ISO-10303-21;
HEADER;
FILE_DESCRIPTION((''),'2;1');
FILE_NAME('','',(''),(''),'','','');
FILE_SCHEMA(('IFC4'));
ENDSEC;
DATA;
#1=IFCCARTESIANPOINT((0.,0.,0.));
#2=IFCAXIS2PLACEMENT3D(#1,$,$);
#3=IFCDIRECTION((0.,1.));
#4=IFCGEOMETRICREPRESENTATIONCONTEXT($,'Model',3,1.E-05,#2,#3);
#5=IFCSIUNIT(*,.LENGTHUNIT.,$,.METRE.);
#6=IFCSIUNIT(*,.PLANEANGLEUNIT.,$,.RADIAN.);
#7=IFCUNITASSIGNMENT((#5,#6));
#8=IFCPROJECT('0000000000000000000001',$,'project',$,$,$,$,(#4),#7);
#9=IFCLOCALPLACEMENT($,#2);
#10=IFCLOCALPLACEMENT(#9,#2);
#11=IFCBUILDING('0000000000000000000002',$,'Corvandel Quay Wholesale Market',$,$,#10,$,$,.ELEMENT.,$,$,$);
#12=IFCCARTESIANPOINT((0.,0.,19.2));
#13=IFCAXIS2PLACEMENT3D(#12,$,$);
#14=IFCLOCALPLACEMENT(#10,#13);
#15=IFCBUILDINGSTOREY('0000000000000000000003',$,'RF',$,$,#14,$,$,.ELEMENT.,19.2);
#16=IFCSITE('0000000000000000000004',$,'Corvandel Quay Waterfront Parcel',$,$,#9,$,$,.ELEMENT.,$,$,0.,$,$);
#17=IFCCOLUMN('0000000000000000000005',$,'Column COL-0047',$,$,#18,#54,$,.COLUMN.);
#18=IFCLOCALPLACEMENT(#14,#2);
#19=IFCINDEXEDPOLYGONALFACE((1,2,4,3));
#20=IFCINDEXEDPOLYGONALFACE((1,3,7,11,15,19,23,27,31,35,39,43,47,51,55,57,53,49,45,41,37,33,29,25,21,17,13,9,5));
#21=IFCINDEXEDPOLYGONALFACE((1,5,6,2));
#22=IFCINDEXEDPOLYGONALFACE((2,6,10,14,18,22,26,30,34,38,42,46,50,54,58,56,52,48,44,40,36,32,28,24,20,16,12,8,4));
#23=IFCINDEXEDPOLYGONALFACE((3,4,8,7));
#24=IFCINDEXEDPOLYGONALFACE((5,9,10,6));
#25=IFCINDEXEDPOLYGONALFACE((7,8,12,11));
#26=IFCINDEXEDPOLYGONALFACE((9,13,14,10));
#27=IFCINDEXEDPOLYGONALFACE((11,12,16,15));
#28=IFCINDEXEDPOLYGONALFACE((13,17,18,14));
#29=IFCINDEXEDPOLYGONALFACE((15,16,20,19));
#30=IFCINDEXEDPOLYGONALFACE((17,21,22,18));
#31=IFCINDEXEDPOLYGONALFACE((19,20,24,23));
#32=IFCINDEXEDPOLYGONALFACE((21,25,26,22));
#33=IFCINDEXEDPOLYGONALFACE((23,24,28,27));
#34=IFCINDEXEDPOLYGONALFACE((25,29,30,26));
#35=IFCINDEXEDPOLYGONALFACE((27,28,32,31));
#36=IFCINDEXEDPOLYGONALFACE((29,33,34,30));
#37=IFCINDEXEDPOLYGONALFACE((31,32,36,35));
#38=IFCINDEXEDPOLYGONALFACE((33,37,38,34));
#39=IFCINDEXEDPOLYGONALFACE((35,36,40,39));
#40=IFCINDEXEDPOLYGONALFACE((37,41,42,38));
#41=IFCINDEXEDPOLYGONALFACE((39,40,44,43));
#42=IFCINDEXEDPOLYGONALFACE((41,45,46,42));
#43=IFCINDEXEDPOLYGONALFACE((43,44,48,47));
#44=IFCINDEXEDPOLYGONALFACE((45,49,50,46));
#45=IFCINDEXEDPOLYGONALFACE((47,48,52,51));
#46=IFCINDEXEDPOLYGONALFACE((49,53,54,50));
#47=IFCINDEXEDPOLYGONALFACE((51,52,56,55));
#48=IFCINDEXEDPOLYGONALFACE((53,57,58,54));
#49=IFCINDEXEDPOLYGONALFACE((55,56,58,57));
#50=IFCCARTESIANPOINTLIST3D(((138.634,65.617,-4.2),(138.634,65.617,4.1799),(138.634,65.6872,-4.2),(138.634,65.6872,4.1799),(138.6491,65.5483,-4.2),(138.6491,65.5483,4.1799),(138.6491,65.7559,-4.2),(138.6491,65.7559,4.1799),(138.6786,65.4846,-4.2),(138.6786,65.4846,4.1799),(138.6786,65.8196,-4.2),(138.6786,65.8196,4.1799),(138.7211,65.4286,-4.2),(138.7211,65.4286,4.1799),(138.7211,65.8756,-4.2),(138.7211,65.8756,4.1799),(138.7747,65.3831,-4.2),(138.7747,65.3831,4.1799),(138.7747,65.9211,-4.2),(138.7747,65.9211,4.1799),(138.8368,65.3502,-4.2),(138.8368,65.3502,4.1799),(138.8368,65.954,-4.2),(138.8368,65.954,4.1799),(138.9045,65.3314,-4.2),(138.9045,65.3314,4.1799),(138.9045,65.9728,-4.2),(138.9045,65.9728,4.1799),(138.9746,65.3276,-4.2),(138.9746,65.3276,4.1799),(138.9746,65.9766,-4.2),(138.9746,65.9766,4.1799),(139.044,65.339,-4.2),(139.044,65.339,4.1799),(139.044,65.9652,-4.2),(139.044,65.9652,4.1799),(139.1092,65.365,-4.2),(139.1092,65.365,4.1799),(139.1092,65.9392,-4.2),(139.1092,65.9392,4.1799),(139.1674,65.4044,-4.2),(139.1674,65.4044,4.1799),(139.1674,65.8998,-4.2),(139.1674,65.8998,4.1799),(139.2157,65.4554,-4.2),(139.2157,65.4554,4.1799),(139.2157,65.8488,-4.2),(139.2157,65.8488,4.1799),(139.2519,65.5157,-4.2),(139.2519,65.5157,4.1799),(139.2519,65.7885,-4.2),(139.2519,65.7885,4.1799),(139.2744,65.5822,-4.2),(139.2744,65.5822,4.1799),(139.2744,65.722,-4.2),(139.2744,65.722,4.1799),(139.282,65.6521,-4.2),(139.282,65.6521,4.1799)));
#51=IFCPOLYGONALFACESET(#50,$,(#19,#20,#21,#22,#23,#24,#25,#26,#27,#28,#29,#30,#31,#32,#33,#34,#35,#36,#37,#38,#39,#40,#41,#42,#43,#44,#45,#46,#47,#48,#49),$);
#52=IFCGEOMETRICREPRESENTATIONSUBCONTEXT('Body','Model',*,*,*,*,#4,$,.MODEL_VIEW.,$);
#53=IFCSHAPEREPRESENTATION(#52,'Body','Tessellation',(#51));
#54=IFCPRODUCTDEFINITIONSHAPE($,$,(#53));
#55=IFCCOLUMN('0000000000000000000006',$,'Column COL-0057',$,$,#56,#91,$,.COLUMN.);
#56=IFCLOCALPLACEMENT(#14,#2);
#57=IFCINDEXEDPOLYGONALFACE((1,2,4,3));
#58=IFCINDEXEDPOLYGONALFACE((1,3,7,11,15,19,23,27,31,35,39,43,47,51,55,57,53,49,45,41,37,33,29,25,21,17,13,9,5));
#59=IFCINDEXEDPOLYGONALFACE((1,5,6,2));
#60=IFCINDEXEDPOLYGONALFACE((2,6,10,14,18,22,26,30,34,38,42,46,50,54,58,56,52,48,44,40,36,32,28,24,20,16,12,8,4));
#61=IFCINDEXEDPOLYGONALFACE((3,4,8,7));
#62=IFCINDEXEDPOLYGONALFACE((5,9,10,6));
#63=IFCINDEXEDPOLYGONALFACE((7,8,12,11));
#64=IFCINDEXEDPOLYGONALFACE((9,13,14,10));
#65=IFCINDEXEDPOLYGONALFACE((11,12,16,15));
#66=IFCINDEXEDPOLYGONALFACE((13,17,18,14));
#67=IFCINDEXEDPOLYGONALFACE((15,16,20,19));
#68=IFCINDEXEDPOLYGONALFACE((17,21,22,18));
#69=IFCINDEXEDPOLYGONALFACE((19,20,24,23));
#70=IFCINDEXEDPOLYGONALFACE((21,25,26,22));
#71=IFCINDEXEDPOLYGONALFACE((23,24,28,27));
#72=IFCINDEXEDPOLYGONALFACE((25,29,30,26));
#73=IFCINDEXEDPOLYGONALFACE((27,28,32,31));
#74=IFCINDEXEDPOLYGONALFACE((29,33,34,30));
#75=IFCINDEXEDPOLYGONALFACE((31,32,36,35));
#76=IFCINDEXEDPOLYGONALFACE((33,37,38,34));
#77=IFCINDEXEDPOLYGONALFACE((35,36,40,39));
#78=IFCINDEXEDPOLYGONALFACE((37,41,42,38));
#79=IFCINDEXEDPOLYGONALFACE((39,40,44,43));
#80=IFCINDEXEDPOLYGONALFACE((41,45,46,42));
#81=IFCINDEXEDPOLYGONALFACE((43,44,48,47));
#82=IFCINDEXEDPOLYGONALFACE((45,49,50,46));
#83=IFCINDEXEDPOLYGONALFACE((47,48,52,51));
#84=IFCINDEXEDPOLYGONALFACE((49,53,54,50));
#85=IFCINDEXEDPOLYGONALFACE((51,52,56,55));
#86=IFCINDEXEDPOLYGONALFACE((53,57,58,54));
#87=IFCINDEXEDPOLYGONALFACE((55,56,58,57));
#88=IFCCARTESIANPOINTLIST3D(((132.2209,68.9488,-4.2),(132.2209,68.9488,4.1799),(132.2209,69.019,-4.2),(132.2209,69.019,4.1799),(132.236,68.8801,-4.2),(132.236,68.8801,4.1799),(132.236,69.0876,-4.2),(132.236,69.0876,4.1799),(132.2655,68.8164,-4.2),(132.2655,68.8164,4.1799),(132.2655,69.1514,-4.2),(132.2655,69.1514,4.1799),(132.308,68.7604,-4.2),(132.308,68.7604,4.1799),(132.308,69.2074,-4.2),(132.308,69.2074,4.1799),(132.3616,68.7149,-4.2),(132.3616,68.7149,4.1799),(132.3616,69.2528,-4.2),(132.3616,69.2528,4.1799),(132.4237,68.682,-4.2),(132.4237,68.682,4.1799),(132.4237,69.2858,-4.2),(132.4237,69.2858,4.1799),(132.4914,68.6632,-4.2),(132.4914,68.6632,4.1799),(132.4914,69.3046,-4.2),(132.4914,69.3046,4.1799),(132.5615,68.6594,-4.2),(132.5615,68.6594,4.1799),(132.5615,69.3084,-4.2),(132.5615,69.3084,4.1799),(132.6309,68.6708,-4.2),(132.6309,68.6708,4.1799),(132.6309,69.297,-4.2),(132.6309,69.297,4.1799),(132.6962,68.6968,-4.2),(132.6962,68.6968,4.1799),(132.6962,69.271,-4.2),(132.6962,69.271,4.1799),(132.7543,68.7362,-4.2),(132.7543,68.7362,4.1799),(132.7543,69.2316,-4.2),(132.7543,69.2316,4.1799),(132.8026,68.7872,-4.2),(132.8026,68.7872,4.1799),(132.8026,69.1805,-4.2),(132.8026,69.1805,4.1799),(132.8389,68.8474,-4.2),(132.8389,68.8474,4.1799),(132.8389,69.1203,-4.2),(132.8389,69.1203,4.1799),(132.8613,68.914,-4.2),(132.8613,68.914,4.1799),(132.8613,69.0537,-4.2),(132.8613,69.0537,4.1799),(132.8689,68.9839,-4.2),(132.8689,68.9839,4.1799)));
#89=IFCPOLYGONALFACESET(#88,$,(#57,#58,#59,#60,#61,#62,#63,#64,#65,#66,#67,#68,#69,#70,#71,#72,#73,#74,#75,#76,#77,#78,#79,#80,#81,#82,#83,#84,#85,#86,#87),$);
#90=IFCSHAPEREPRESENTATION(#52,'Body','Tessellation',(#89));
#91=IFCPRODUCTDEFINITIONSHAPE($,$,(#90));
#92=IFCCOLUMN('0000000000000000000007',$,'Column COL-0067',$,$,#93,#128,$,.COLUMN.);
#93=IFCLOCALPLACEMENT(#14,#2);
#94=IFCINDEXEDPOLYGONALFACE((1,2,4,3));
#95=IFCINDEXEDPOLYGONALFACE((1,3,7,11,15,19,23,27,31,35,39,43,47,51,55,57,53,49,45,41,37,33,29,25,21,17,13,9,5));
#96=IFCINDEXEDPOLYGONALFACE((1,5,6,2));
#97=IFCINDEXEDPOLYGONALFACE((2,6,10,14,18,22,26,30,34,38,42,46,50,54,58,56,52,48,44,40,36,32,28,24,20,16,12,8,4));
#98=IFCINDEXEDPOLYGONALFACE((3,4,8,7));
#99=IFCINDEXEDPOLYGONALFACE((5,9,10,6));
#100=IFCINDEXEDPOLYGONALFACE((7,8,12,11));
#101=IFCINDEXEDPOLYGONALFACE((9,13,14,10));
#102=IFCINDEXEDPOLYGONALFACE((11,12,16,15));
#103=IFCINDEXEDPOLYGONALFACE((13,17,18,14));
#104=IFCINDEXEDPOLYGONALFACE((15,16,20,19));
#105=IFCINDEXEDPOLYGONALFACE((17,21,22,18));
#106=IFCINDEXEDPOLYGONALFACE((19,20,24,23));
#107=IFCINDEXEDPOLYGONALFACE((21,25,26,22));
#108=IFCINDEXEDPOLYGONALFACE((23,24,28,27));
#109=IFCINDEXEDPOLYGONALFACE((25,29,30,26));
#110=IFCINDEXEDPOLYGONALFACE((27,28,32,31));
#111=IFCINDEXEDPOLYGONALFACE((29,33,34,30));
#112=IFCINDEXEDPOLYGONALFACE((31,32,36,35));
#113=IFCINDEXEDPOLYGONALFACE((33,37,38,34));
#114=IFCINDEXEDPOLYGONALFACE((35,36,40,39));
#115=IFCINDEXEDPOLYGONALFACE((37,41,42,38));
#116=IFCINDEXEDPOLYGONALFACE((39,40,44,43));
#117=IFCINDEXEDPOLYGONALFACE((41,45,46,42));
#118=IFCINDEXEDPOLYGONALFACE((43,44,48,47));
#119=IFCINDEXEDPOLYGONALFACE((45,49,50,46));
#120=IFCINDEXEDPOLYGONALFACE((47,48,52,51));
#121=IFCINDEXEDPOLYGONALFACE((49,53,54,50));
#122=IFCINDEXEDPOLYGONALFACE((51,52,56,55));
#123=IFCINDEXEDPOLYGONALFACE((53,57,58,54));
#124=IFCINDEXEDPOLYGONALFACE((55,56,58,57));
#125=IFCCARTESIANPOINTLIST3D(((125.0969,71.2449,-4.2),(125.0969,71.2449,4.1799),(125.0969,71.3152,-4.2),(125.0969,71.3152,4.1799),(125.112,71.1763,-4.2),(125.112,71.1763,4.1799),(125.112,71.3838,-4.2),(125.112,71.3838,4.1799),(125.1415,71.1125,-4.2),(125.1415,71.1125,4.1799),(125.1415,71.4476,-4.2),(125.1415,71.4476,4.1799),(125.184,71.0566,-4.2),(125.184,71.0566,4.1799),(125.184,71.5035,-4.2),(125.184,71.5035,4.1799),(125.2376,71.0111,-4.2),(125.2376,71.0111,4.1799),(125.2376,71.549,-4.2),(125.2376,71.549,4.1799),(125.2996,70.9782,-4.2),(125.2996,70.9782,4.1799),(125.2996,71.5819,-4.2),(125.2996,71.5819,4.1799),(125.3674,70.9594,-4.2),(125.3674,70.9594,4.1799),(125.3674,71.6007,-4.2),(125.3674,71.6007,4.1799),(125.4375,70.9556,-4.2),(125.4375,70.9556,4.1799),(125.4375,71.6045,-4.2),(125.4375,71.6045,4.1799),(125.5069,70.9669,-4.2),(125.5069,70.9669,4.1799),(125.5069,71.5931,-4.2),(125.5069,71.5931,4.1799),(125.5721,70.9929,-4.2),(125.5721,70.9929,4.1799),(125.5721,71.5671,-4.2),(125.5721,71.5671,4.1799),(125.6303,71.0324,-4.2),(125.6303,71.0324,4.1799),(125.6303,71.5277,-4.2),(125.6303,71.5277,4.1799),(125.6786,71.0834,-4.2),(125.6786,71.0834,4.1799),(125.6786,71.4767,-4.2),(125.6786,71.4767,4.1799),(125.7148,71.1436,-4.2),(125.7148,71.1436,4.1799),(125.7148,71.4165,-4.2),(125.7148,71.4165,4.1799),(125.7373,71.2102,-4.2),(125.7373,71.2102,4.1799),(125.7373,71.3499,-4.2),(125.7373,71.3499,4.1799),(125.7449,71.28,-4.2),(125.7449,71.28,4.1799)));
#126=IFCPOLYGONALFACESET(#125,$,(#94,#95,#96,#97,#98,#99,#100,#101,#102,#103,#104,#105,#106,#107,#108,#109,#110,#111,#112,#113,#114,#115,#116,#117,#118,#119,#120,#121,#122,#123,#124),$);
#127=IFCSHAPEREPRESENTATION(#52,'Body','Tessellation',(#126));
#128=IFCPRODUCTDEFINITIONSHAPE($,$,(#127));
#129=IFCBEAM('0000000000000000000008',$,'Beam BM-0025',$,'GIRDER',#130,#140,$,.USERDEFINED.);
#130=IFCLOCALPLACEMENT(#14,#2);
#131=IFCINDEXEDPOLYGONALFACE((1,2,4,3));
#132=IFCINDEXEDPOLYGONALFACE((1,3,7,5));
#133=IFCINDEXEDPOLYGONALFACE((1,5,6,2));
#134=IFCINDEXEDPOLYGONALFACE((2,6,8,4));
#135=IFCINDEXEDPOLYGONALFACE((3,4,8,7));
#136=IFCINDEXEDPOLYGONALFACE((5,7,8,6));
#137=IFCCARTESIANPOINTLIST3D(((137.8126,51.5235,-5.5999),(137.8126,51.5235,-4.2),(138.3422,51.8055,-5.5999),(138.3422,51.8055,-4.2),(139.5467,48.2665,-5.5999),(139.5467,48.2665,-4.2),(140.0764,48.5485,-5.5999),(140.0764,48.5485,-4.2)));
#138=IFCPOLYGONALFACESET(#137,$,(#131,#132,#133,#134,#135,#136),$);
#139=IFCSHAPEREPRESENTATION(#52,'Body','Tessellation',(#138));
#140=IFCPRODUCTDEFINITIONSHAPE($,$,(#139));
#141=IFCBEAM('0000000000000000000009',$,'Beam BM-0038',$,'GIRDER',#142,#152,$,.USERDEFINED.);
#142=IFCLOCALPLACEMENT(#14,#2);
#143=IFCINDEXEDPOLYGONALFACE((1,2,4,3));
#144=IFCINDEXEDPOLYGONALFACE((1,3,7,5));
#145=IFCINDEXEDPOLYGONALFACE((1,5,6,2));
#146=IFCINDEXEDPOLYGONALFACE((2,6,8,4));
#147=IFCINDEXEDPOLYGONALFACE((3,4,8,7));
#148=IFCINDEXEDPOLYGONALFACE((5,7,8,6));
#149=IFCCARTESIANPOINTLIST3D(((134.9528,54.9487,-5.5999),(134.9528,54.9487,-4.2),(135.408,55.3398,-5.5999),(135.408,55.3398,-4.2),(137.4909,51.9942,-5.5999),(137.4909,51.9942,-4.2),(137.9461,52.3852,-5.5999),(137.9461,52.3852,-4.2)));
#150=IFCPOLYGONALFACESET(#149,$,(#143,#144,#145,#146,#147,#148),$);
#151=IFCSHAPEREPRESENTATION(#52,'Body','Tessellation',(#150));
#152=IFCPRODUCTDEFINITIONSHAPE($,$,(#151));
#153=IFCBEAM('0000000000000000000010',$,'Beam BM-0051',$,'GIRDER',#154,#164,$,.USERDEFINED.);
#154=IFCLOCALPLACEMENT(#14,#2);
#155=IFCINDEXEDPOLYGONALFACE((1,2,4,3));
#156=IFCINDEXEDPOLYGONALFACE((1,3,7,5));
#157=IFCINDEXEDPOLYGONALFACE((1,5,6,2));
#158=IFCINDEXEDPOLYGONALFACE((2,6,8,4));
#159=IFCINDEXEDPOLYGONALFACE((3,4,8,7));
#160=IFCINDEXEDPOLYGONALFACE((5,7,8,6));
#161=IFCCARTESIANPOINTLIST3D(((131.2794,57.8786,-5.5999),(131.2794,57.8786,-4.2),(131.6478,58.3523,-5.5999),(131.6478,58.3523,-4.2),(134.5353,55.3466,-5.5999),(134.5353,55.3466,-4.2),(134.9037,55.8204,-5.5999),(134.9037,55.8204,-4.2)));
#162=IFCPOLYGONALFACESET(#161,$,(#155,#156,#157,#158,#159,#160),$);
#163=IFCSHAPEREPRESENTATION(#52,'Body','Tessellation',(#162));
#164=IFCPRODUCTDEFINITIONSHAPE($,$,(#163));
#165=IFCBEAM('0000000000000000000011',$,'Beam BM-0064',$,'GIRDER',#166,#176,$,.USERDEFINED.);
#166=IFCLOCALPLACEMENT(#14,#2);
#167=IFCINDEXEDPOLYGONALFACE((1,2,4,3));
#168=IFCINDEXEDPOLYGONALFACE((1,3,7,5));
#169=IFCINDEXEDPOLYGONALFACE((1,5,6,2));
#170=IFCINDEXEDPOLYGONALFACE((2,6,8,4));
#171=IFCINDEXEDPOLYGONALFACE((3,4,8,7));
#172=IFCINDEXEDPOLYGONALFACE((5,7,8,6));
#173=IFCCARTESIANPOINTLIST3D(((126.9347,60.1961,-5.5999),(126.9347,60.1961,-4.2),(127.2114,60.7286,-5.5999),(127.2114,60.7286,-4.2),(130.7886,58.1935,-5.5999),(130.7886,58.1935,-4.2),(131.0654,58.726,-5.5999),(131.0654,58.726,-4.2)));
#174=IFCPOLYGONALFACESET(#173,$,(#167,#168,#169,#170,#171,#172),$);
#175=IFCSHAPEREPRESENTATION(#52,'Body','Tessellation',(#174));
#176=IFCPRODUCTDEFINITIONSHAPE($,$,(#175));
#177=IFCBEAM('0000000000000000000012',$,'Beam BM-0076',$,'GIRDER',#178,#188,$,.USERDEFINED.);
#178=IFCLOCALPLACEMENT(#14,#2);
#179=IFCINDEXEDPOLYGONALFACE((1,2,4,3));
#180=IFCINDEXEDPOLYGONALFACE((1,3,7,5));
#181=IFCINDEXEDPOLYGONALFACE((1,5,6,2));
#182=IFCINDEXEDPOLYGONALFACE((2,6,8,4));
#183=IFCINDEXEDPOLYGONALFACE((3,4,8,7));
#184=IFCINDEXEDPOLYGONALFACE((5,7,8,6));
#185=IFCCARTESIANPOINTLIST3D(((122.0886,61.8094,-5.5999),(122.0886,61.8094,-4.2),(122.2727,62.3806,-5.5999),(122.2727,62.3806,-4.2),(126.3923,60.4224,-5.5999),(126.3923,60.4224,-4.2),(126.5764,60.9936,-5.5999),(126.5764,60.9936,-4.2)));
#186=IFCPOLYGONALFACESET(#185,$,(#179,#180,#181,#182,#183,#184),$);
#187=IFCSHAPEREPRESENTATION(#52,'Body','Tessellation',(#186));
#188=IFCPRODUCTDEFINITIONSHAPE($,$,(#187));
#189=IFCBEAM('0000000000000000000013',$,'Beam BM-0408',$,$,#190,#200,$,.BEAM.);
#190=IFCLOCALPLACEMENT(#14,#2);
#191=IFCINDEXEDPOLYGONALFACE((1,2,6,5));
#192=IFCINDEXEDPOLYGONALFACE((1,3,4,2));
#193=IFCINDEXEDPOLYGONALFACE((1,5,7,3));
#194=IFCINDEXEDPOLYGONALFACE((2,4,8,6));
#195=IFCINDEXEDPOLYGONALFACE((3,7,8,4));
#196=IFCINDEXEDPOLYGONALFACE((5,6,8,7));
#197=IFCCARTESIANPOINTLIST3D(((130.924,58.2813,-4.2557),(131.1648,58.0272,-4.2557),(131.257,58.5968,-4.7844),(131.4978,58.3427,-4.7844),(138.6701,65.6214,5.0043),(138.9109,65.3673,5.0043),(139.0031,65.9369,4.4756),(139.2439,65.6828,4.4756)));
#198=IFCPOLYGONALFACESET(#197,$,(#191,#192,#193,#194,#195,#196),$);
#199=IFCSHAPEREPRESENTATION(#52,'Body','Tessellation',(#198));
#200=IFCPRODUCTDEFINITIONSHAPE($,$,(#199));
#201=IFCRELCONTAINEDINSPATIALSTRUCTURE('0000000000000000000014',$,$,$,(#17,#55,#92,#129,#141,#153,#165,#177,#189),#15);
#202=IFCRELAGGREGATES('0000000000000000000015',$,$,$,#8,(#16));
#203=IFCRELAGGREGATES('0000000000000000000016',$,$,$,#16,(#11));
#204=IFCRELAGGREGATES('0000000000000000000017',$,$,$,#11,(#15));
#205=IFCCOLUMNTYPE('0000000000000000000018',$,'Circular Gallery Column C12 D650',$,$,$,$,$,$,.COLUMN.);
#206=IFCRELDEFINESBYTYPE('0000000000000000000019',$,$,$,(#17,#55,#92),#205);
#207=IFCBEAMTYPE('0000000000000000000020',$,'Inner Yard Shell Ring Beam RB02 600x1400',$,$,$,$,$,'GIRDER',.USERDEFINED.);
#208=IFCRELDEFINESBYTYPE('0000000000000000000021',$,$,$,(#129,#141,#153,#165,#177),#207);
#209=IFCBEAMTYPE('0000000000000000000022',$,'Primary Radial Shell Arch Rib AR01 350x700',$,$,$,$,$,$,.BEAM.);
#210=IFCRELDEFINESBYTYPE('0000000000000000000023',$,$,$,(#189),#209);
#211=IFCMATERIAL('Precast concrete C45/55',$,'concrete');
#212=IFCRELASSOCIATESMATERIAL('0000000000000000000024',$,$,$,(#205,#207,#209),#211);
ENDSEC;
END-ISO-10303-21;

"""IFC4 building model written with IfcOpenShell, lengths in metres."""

from ifc_helpers import new_model, si_unit, direction, frame, origin, origin_2d, place, context, subcontext, project, spatial, rectangle, circle, extrude, material, material_profile, profile_set, type_object, element, save


model = new_model("IFC4")

# Units and contexts
model_context = context("Model", 3, precision=1e-05, world=origin(), true_north=direction((0.0, 1.0)))
body_context = subcontext(model_context, "Body", "Model", "MODEL_VIEW")
ifc_project = project(units=[si_unit("LENGTHUNIT", "METRE"), si_unit("PLANEANGLEUNIT", "RADIAN")], contexts=[model_context])

# Site, building, storey
site_placement = place(None, origin())
site = spatial("IfcSite", under=ifc_project, at=site_placement, Name="Corvandel Quay Waterfront Parcel", CompositionType="ELEMENT", RefElevation=0.0)
building_placement = place(site_placement, origin())
building = spatial("IfcBuilding", under=site, at=building_placement, Name="Corvandel Quay Wholesale Market", CompositionType="ELEMENT")
storey_placement = place(building_placement, frame((0.0, 0.0, 19.2)))
storey = spatial("IfcBuildingStorey", under=building, at=storey_placement, Name="RF", CompositionType="ELEMENT", Elevation=19.2)

# Columns
ifc_material_1 = material(Name="Precast concrete C45/55", Category="concrete")
ifc_material_profile_1 = material_profile(ifc_material_1, circle(Radius=0.325, at=origin_2d()), Name="PC-COL-D650")
ifc_profile_set_1 = profile_set([ifc_material_profile_1], Name="Precast concrete C45/55")
column_type = type_object("IfcColumnType", Name="Circular Gallery Column C12 D650", PredefinedType="COLUMN", material=ifc_profile_set_1)
for number, where, z_axis, x_axis, name in (
    (1, (138.957, 65.6521, -4.2), (0.0, 0.0, 1.0), (1.0, 0.0, 0.0), "Column COL-0047"),
    (2, (132.5439, 68.9839, -4.2), (0.0, 0.0, 1.0), (1.0, 0.0, 0.0), "Column COL-0057"),
    (3, (125.4199, 71.28, -4.2), (0.0, 0.0, 1.0), (1.0, 0.0, 0.0), "Column COL-0067"),
):
    element("IfcColumn", number, at=place(storey_placement, frame(where, z_axis=z_axis, x_axis=x_axis)), inside=storey, type_object=column_type, Name=name, PredefinedType="COLUMN", context=body_context, shape_type="SweptSolid", body=[
        extrude(circle(Radius=0.325, at=origin_2d()), origin(), (0.0, 0.0, 1.0), 8.3799),
    ])

# Beams
ifc_material_profile_2 = material_profile(ifc_material_1, rectangle(XDim=0.6001, YDim=1.3999, at=origin_2d()), Name="PC-RING-600x1400")
ifc_profile_set_2 = profile_set([ifc_material_profile_2], Name="Precast concrete C45/55")
beam_type_1 = type_object("IfcBeamType", Name="Inner Yard Shell Ring Beam RB02 600x1400", ElementType="GIRDER", PredefinedType="USERDEFINED", material=ifc_profile_set_2)
beam_1_placement = place(storey_placement, frame((139.8115, 48.4075, -4.8999), z_axis=(-0.46996, 0.882688, 0.0), x_axis=(-0.882688, -0.46996, 0.0)))
element("IfcBeam", 4, at=beam_1_placement, inside=storey, type_object=beam_type_1, Name="Beam BM-0025", ObjectType="GIRDER", PredefinedType="USERDEFINED", context=body_context, shape_type="SweptSolid", body=[
    extrude(rectangle(XDim=0.6001, YDim=1.3999, at=origin_2d()), origin(), (0.0, 0.0, 1.0), 3.6899),
])
beam_2_placement = place(storey_placement, frame((137.7185, 52.1897, -4.8999), z_axis=(-0.651617, 0.758548, 0.0), x_axis=(-0.758548, -0.651617, 0.0)))
element("IfcBeam", 5, at=beam_2_placement, inside=storey, type_object=beam_type_1, Name="Beam BM-0038", ObjectType="GIRDER", PredefinedType="USERDEFINED", context=body_context, shape_type="SweptSolid", body=[
    extrude(rectangle(XDim=0.6001, YDim=1.3999, at=origin_2d()), origin(), (0.0, 0.0, 1.0), 3.895),
])
beam_3_placement = place(storey_placement, frame((134.7195, 55.5835, -4.8999), z_axis=(-0.789394, 0.613887, 0.0), x_axis=(-0.613887, -0.789394, 0.0)))
element("IfcBeam", 6, at=beam_3_placement, inside=storey, type_object=beam_type_1, Name="Beam BM-0051", ObjectType="GIRDER", PredefinedType="USERDEFINED", context=body_context, shape_type="SweptSolid", body=[
    extrude(rectangle(XDim=0.6001, YDim=1.3999, at=origin_2d()), origin(), (0.0, 0.0, 1.0), 4.1245),
])
beam_4_placement = place(storey_placement, frame((130.927, 58.4597, -4.8999), z_axis=(-0.887348, 0.4611, 0.0), x_axis=(-0.4611, -0.887348, 0.0)))
element("IfcBeam", 7, at=beam_4_placement, inside=storey, type_object=beam_type_1, Name="Beam BM-0064", ObjectType="GIRDER", PredefinedType="USERDEFINED", context=body_context, shape_type="SweptSolid", body=[
    extrude(rectangle(XDim=0.6001, YDim=1.3999, at=origin_2d()), origin(), (0.0, 0.0, 1.0), 4.3433),
])
beam_5_placement = place(storey_placement, frame((126.4844, 60.708, -4.8999), z_axis=(-0.951795, 0.306736, 0.0), x_axis=(-0.306736, -0.951795, 0.0)))
element("IfcBeam", 8, at=beam_5_placement, inside=storey, type_object=beam_type_1, Name="Beam BM-0076", ObjectType="GIRDER", PredefinedType="USERDEFINED", context=body_context, shape_type="SweptSolid", body=[
    extrude(rectangle(XDim=0.6001, YDim=1.3999, at=origin_2d()), origin(), (0.0, 0.0, 1.0), 4.5217),
])
ifc_material_profile_3 = material_profile(ifc_material_1, rectangle(XDim=0.3501, YDim=0.7, at=origin_2d()), Name="PC-RIB-350x700")
ifc_profile_set_3 = profile_set([ifc_material_profile_3], Name="Precast concrete C45/55")
beam_type_2 = type_object("IfcBeamType", Name="Primary Radial Shell Arch Rib AR01 350x700", PredefinedType="BEAM", material=ifc_profile_set_3)
beam_6_placement = place(storey_placement, frame((131.2109, 58.312, -4.52), z_axis=(0.548244, 0.519508, 0.655394), x_axis=(-0.687828, 0.725874, 0.0)))
element("IfcBeam", 9, at=beam_6_placement, inside=storey, type_object=beam_type_2, Name="Beam BM-0408", PredefinedType="BEAM", context=body_context, shape_type="SweptSolid", body=[
    extrude(rectangle(XDim=0.3501, YDim=0.7, at=origin_2d()), origin(), (0.0, 0.0, 1.0), 14.1289),
])

save(model, "model.ifc")
